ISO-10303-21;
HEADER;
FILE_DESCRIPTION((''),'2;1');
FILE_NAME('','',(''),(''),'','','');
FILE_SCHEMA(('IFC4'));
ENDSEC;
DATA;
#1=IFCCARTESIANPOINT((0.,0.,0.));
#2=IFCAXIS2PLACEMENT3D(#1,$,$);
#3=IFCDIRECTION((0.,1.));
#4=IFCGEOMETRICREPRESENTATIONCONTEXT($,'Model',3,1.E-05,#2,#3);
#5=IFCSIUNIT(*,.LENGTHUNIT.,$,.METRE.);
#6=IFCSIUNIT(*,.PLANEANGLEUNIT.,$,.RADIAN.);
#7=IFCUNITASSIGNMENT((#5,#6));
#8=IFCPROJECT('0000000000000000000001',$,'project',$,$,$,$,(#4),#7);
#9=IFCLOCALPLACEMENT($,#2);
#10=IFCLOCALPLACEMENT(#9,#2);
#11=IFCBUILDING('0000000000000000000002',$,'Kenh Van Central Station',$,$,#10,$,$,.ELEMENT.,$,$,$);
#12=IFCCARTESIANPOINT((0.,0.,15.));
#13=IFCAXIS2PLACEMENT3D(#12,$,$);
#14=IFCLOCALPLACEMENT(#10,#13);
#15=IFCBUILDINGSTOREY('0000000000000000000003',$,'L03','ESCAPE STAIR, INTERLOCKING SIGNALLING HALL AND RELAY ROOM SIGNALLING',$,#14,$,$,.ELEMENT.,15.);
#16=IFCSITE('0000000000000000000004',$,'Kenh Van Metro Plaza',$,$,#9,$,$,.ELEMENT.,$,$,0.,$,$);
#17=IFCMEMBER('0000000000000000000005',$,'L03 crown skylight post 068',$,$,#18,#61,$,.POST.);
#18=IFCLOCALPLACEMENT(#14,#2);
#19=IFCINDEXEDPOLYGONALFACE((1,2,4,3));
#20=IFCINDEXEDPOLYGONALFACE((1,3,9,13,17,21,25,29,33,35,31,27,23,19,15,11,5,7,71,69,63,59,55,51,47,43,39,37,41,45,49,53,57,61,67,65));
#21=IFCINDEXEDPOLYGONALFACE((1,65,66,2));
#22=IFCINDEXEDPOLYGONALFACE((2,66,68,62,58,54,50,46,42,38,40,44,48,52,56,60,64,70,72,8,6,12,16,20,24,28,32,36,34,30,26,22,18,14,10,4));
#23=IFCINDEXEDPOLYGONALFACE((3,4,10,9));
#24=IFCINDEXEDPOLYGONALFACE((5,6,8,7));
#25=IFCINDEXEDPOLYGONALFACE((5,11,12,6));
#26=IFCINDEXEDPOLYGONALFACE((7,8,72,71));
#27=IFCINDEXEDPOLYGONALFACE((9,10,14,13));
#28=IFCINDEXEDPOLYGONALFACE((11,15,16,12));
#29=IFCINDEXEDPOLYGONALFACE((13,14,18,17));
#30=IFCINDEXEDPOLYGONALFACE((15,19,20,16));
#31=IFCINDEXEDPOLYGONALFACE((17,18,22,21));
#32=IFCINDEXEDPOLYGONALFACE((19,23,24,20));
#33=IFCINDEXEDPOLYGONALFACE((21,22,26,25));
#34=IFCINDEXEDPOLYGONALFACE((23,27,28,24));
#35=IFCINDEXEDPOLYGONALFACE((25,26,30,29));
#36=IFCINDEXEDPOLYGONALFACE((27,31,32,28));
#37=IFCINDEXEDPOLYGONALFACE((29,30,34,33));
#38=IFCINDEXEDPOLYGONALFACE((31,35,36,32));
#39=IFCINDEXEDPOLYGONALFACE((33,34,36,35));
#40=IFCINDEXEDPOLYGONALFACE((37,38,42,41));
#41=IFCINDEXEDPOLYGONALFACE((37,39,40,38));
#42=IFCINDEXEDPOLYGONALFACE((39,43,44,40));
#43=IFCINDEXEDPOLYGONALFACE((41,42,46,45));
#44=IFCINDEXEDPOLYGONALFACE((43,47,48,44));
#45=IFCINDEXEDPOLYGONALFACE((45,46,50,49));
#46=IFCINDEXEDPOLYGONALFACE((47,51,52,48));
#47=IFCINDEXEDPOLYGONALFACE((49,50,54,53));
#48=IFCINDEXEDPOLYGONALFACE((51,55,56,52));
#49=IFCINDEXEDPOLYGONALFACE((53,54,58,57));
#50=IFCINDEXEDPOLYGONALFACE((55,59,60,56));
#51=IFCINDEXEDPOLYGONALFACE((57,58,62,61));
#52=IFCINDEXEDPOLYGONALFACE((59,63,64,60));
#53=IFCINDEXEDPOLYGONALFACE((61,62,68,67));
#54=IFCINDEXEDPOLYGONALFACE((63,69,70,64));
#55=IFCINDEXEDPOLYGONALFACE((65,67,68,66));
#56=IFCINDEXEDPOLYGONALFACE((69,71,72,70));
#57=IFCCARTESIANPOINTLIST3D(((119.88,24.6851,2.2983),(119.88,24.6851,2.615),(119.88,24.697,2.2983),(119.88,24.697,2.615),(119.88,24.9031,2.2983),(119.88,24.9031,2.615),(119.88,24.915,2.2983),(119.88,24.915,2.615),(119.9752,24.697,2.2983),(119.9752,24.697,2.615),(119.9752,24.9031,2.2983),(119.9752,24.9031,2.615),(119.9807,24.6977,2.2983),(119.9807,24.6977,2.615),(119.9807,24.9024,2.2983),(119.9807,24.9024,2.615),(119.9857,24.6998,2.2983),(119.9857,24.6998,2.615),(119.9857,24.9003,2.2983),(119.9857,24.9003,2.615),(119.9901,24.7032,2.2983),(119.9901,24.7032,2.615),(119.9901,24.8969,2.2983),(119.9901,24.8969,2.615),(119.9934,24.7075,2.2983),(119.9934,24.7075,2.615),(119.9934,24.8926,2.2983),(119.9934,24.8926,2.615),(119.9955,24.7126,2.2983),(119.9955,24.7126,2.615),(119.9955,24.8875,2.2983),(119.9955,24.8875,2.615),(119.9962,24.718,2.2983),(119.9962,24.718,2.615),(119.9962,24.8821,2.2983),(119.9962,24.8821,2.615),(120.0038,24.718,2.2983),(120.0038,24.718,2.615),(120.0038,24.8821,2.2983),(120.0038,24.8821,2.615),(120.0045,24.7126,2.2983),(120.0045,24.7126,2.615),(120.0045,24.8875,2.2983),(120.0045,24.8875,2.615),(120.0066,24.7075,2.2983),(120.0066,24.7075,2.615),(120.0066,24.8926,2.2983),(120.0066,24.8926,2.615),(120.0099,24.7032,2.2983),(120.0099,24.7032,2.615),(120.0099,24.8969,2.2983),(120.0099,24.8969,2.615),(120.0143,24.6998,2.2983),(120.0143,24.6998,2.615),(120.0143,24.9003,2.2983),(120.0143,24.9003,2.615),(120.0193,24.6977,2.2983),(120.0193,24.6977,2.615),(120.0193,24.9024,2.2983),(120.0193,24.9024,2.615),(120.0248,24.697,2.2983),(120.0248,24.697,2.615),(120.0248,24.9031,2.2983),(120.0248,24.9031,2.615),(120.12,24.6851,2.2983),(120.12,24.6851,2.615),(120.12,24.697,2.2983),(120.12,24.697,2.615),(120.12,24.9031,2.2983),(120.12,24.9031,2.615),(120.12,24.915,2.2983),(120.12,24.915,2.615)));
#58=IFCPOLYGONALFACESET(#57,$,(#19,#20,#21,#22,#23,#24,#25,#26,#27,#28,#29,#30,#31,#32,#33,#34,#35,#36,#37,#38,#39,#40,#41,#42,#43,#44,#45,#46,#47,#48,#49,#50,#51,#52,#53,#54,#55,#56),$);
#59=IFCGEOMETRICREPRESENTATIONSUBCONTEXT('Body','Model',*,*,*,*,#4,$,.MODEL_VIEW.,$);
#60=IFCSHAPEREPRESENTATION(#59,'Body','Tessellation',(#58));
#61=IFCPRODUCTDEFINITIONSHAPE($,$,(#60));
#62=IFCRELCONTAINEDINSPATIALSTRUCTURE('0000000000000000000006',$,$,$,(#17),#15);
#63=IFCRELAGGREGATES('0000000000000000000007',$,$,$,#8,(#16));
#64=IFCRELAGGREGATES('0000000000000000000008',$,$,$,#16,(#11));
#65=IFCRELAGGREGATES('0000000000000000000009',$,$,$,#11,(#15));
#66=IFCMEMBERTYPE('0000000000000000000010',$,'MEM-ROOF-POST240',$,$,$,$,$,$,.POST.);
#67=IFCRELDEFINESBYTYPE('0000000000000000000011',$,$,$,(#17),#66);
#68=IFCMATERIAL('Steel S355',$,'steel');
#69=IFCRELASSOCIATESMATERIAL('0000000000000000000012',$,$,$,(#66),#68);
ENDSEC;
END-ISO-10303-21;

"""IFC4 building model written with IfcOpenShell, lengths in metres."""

from ifc_helpers import new_model, si_unit, direction, frame, origin, origin_2d, place, context, subcontext, project, spatial, i_section, extrude, material, material_profile, profile_set, type_object, element, save


model = new_model("IFC4")

# Units and contexts
model_context = context("Model", 3, precision=1e-05, world=origin(), true_north=direction((0.0, 1.0)))
body_context = subcontext(model_context, "Body", "Model", "MODEL_VIEW")
ifc_project = project(units=[si_unit("LENGTHUNIT", "METRE"), si_unit("PLANEANGLEUNIT", "RADIAN")], contexts=[model_context])

# Site, building, storey
site_placement = place(None, origin())
site = spatial("IfcSite", under=ifc_project, at=site_placement, Name="Kenh Van Metro Plaza", CompositionType="ELEMENT", RefElevation=0.0)
building_placement = place(site_placement, origin())
building = spatial("IfcBuilding", under=site, at=building_placement, Name="Kenh Van Central Station", CompositionType="ELEMENT")
storey_placement = place(building_placement, frame((0.0, 0.0, 15.0)))
storey = spatial("IfcBuildingStorey", under=building, at=storey_placement, Name="L03", Description="ESCAPE STAIR, INTERLOCKING SIGNALLING HALL AND RELAY ROOM SIGNALLING", CompositionType="ELEMENT", Elevation=15.0)

# Shared definitions
ifc_material_1 = material(Name="Steel S355", Category="steel")

# Member
ifc_material_profile_1 = material_profile(ifc_material_1, i_section(OverallWidth=0.24, OverallDepth=0.23, WebThickness=0.0076, FlangeThickness=0.012, FilletRadius=0.021, at=origin_2d()), Name="HEA 240")
ifc_profile_set_1 = profile_set([ifc_material_profile_1], Name="Steel S355")
member_type_1 = type_object("IfcMemberType", Name="MEM-ROOF-POST240", PredefinedType="POST", material=ifc_profile_set_1)
member_1_placement = place(storey_placement, frame((120.0, 24.8, 2.2983), z_axis=(0.0, 0.0, 1.0), x_axis=(1.0, 0.0, 0.0)))
element("IfcMember", 1, at=member_1_placement, inside=storey, type_object=member_type_1, Name="L03 crown skylight post 068", PredefinedType="POST", context=body_context, shape_type="SweptSolid", body=[
    extrude(i_section(OverallWidth=0.24, OverallDepth=0.23, WebThickness=0.0076, FlangeThickness=0.012, FilletRadius=0.021, at=origin_2d()), origin(), (0.0, 0.0, 1.0), 0.3167),
])

save(model, "model.ifc")
